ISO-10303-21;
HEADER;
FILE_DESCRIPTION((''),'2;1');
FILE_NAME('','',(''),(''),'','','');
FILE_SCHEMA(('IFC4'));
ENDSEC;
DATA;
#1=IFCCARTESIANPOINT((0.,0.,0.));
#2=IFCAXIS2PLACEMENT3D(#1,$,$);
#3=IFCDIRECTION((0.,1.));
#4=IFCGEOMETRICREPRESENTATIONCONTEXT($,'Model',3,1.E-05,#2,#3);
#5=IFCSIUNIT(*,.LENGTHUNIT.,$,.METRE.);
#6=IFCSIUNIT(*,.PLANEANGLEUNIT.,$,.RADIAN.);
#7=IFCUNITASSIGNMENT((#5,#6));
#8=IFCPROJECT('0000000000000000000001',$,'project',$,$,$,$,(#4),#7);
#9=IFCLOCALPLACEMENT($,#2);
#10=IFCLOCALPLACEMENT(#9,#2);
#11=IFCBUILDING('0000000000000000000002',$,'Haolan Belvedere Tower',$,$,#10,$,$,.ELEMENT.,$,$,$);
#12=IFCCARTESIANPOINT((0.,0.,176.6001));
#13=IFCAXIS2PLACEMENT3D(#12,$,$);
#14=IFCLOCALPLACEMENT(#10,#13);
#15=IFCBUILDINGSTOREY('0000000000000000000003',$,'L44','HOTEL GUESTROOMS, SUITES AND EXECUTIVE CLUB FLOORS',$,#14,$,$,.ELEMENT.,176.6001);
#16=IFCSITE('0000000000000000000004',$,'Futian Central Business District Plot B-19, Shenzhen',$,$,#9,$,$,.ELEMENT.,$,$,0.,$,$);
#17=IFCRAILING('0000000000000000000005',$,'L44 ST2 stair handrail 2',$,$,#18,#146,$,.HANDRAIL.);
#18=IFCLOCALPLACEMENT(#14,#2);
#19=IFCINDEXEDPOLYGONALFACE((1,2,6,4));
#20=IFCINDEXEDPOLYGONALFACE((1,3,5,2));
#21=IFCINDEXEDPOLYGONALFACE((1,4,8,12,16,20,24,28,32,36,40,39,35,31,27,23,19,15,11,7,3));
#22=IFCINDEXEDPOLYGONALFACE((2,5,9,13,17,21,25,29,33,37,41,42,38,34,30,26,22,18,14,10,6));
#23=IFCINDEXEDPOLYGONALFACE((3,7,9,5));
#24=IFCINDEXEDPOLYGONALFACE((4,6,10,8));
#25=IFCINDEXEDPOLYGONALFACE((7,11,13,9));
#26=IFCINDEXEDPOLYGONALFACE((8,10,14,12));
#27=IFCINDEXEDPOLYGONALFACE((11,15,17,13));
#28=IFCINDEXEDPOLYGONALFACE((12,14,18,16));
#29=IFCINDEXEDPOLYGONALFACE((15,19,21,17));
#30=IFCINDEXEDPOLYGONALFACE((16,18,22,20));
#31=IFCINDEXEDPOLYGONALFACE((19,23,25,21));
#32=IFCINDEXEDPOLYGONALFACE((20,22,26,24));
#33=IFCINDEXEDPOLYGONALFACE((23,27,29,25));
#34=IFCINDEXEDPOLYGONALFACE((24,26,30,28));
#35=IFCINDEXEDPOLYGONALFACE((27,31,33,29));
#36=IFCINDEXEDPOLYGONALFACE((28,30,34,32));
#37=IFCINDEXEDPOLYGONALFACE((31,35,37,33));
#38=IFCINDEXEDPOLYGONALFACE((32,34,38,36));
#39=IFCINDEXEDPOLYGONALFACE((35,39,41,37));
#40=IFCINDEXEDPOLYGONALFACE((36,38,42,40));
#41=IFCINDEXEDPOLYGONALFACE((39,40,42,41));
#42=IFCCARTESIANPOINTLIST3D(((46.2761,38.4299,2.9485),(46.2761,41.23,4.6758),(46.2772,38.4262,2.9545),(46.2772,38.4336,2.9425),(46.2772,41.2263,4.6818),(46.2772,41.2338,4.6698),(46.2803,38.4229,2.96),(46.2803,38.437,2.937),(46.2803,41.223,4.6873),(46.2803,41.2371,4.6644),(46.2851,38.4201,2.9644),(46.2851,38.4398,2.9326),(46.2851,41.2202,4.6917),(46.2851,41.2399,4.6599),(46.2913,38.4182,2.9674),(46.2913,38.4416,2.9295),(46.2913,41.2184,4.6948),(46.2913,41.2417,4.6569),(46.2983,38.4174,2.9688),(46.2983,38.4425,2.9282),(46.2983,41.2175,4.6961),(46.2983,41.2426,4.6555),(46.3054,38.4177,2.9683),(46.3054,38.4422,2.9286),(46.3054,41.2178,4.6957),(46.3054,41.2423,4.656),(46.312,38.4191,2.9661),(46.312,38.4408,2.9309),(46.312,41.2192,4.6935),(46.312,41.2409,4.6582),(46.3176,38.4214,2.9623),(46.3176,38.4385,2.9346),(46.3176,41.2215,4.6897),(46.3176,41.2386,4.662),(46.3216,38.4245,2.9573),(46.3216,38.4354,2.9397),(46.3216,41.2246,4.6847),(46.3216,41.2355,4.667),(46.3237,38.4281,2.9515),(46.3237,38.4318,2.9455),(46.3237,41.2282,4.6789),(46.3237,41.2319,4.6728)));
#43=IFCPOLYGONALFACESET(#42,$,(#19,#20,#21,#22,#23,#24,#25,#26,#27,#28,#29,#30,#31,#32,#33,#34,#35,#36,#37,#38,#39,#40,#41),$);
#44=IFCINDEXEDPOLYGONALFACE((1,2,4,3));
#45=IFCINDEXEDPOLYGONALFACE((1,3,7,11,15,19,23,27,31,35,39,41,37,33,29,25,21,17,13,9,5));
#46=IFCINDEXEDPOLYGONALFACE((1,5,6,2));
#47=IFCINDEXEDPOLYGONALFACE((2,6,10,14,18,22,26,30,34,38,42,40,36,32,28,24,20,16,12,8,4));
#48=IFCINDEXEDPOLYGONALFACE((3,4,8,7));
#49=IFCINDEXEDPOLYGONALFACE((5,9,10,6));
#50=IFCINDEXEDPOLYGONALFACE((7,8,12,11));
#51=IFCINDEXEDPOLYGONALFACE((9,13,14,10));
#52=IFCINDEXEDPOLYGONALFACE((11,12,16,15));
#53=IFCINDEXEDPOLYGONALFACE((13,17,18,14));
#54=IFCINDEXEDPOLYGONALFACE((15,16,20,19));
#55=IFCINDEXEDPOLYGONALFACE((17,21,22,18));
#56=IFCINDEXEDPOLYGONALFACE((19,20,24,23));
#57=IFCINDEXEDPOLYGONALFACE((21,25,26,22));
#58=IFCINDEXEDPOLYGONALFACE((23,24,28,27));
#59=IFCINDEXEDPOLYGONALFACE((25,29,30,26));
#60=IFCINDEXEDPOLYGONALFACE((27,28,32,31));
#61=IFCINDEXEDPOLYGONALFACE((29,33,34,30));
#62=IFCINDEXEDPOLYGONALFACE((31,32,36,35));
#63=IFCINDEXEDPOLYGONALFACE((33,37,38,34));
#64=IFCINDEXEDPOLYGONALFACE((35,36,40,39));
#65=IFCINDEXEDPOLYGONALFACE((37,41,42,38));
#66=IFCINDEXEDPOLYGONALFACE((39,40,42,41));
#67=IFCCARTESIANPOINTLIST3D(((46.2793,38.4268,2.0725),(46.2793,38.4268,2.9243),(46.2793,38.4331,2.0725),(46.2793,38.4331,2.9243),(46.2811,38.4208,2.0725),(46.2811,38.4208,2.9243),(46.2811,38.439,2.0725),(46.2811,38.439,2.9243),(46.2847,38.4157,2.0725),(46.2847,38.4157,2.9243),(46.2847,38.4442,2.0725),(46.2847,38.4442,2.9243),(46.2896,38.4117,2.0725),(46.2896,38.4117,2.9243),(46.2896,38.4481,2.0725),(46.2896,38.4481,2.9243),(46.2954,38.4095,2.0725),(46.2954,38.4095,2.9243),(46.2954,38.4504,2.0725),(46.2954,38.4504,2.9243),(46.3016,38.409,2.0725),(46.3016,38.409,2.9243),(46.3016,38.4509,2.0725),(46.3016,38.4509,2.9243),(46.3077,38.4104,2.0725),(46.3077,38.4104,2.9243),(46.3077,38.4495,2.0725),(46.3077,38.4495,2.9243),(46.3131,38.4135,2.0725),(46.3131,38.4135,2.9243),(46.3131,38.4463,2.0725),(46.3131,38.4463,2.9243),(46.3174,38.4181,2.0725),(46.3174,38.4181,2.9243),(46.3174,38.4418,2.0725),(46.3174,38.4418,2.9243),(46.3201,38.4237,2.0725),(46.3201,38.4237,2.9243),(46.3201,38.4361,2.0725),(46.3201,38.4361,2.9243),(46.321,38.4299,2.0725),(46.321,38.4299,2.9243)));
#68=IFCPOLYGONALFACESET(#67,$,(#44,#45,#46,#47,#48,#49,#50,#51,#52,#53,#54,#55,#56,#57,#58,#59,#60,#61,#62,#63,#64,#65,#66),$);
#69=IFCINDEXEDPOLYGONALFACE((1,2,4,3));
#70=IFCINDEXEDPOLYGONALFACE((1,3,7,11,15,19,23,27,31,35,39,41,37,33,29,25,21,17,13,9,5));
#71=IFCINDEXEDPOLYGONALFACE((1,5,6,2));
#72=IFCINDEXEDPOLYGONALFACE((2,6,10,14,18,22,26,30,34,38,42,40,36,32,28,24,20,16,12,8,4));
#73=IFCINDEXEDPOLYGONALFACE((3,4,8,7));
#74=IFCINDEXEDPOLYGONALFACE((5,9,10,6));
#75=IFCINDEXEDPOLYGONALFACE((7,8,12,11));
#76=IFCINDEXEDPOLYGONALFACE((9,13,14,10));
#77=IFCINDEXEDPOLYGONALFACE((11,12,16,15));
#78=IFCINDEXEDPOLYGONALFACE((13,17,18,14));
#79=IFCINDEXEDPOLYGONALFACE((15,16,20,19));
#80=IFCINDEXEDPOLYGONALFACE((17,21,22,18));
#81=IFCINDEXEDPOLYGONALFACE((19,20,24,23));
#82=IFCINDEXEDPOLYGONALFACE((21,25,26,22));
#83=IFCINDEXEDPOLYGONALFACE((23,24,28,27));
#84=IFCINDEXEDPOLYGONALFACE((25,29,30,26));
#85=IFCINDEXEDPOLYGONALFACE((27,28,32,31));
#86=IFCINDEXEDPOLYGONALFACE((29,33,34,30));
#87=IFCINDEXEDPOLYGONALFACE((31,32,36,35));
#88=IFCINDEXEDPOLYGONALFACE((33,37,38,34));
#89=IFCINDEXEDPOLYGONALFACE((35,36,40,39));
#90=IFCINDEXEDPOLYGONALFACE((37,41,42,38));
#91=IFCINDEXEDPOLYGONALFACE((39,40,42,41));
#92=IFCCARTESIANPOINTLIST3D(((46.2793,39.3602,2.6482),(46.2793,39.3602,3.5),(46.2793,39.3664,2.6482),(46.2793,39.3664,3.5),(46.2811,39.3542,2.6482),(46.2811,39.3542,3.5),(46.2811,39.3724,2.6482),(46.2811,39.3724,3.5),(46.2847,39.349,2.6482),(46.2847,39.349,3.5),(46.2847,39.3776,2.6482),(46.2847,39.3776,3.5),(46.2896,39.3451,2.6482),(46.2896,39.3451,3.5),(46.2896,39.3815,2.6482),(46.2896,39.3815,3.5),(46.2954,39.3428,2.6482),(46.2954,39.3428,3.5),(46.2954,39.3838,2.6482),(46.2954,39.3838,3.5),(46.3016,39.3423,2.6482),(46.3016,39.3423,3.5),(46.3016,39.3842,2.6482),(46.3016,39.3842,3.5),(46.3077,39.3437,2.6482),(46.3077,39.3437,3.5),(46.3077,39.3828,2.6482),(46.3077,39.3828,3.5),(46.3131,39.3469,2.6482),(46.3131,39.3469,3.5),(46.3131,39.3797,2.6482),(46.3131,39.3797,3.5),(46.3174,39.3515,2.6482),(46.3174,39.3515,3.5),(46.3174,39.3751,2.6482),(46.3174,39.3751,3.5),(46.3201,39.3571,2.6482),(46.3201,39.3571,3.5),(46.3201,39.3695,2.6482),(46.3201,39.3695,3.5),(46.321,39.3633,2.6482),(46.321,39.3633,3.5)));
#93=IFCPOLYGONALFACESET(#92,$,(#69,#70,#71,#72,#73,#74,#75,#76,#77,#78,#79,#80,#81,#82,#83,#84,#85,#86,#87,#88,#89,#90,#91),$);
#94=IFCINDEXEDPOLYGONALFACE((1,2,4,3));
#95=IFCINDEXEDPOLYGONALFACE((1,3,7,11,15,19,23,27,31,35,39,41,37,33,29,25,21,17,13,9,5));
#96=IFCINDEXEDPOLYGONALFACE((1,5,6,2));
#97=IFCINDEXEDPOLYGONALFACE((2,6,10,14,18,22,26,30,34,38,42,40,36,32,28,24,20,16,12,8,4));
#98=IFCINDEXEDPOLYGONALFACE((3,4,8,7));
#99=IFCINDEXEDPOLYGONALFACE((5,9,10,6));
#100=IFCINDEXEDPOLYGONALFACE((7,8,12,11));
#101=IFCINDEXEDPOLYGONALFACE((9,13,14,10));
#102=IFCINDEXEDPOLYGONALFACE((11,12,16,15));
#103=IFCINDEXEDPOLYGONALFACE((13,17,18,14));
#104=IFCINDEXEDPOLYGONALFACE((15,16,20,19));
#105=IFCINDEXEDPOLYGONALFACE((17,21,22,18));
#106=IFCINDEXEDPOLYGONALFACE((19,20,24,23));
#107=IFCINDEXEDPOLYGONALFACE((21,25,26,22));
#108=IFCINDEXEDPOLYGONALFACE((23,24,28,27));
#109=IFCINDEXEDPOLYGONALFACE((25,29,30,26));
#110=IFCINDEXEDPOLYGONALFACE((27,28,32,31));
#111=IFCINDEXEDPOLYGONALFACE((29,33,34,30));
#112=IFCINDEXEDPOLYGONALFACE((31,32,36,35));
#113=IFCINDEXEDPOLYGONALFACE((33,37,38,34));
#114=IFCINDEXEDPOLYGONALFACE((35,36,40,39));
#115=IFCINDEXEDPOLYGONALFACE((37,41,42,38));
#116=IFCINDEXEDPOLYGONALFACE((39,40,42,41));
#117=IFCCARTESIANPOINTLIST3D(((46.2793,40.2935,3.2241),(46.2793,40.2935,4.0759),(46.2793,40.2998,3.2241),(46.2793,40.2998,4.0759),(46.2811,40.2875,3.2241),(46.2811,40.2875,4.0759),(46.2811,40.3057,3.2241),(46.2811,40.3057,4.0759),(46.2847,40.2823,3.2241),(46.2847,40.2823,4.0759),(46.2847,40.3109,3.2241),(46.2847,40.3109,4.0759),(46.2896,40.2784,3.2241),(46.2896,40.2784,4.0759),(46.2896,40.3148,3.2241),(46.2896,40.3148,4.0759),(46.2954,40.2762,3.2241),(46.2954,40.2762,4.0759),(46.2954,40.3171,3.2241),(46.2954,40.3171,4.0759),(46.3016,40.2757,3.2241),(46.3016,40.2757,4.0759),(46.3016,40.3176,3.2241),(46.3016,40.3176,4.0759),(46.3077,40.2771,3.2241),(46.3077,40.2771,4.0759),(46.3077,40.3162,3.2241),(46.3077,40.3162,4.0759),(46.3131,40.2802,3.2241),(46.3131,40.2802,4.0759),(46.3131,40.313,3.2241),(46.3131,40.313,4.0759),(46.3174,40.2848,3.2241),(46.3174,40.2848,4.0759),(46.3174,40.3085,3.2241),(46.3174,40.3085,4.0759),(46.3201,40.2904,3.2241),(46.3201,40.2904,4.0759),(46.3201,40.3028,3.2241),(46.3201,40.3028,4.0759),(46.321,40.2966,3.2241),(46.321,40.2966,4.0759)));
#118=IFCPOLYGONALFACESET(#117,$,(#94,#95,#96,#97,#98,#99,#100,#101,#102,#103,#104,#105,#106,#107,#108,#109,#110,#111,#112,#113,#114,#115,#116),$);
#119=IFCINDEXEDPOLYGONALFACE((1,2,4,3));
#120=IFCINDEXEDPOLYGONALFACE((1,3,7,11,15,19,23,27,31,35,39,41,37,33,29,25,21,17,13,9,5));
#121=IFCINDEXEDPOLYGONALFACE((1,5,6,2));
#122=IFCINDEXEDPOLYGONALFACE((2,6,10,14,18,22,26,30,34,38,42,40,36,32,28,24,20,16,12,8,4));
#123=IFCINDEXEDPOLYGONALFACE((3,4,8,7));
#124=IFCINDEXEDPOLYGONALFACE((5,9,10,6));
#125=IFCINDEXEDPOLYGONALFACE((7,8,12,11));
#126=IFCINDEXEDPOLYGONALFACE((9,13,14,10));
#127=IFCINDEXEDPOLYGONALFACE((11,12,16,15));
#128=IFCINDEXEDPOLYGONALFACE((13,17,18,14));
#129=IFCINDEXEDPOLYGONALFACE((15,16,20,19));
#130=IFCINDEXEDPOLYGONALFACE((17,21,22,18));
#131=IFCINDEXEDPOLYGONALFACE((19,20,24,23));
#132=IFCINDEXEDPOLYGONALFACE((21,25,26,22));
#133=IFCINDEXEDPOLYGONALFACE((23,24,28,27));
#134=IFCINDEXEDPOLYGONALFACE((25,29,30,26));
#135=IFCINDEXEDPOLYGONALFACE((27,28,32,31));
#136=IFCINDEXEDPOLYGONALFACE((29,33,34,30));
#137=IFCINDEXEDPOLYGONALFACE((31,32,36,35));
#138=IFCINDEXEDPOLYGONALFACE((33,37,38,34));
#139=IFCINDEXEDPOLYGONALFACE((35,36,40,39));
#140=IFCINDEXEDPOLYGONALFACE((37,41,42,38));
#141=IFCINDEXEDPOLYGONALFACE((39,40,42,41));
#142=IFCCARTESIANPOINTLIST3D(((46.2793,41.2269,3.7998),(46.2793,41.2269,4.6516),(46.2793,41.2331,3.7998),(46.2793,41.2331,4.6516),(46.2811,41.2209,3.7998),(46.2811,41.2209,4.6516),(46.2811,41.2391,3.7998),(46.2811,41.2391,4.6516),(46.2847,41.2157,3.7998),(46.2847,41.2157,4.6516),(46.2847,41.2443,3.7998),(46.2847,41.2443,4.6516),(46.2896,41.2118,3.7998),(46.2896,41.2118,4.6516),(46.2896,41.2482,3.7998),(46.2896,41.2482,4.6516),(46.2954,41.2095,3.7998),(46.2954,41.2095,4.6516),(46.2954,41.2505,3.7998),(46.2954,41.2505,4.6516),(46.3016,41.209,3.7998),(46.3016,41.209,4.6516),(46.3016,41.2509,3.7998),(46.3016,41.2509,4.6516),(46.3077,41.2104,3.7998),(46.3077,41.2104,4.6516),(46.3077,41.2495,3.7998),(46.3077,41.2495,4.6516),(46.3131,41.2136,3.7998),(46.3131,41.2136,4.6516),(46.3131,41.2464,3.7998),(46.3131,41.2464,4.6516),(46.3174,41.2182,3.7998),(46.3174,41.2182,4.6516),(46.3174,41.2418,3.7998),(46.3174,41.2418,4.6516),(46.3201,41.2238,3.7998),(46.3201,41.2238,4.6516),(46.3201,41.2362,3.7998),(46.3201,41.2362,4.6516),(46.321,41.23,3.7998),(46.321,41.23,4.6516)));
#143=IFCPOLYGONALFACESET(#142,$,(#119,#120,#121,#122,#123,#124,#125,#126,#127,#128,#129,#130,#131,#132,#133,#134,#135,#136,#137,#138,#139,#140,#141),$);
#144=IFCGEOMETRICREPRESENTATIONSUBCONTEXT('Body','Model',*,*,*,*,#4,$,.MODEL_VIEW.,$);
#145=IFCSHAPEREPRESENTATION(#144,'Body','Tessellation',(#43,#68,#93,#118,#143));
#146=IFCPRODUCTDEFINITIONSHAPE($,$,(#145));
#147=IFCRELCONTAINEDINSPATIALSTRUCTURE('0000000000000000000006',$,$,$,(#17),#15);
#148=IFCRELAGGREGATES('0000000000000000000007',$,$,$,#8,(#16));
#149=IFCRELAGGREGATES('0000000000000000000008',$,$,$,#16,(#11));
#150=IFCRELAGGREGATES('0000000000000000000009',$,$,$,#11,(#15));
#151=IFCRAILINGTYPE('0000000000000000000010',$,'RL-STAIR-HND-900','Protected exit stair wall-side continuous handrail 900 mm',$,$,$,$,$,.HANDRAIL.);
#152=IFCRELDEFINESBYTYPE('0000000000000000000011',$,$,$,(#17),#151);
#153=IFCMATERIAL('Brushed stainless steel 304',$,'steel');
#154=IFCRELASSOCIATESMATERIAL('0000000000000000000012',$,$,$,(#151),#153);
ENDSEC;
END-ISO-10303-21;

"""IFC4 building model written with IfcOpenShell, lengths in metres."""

from ifc_helpers import new_model, si_unit, direction, frame, origin, origin_2d, place, context, subcontext, project, spatial, circle, extrude, material, type_object, element, save


model = new_model("IFC4")

# Units and contexts
model_context = context("Model", 3, precision=1e-05, world=origin(), true_north=direction((0.0, 1.0)))
body_context = subcontext(model_context, "Body", "Model", "MODEL_VIEW")
ifc_project = project(units=[si_unit("LENGTHUNIT", "METRE"), si_unit("PLANEANGLEUNIT", "RADIAN")], contexts=[model_context])

# Site, building, storey
site_placement = place(None, origin())
site = spatial("IfcSite", under=ifc_project, at=site_placement, Name="Futian Central Business District Plot B-19, Shenzhen", CompositionType="ELEMENT", RefElevation=0.0)
building_placement = place(site_placement, origin())
building = spatial("IfcBuilding", under=site, at=building_placement, Name="Haolan Belvedere Tower", CompositionType="ELEMENT")
storey_placement = place(building_placement, frame((0.0, 0.0, 176.6001)))
storey = spatial("IfcBuildingStorey", under=building, at=storey_placement, Name="L44", Description="HOTEL GUESTROOMS, SUITES AND EXECUTIVE CLUB FLOORS", CompositionType="ELEMENT", Elevation=176.6001)

# Railing
ifc_material_1 = material(Name="Brushed stainless steel 304", Category="steel")
railing_type_1 = type_object("IfcRailingType", Name="RL-STAIR-HND-900", Description="Protected exit stair wall-side continuous handrail 900 mm", PredefinedType="HANDRAIL", material=ifc_material_1)
railing_1_placement = place(storey_placement, frame((46.3, 38.4299, 2.0725)))
element("IfcRailing", 1, at=railing_1_placement, inside=storey, type_object=railing_type_1, Name="L44 ST2 stair handrail 2", PredefinedType="HANDRAIL", context=body_context, shape_type="SweptSolid", body=[
    extrude(circle(Radius=0.0239, at=origin_2d()), frame((0.0, 0.0, 0.876), z_axis=(0.0, 0.85109, 0.52502), x_axis=(-1.0, 0.0, 0.0)), (0.0, 0.0, 1.0), 3.29),
    extrude(circle(Radius=0.021, at=origin_2d()), origin(), (0.0, 0.0, 1.0), 0.8518),
    extrude(circle(Radius=0.021, at=origin_2d()), frame((0.0, 0.9333, 0.5757)), (0.0, 0.0, 1.0), 0.8518),
    extrude(circle(Radius=0.021, at=origin_2d()), frame((0.0, 1.8667, 1.1516)), (0.0, 0.0, 1.0), 0.8518),
    extrude(circle(Radius=0.021, at=origin_2d()), frame((0.0, 2.8, 1.7273)), (0.0, 0.0, 1.0), 0.8518),
])

save(model, "model.ifc")
